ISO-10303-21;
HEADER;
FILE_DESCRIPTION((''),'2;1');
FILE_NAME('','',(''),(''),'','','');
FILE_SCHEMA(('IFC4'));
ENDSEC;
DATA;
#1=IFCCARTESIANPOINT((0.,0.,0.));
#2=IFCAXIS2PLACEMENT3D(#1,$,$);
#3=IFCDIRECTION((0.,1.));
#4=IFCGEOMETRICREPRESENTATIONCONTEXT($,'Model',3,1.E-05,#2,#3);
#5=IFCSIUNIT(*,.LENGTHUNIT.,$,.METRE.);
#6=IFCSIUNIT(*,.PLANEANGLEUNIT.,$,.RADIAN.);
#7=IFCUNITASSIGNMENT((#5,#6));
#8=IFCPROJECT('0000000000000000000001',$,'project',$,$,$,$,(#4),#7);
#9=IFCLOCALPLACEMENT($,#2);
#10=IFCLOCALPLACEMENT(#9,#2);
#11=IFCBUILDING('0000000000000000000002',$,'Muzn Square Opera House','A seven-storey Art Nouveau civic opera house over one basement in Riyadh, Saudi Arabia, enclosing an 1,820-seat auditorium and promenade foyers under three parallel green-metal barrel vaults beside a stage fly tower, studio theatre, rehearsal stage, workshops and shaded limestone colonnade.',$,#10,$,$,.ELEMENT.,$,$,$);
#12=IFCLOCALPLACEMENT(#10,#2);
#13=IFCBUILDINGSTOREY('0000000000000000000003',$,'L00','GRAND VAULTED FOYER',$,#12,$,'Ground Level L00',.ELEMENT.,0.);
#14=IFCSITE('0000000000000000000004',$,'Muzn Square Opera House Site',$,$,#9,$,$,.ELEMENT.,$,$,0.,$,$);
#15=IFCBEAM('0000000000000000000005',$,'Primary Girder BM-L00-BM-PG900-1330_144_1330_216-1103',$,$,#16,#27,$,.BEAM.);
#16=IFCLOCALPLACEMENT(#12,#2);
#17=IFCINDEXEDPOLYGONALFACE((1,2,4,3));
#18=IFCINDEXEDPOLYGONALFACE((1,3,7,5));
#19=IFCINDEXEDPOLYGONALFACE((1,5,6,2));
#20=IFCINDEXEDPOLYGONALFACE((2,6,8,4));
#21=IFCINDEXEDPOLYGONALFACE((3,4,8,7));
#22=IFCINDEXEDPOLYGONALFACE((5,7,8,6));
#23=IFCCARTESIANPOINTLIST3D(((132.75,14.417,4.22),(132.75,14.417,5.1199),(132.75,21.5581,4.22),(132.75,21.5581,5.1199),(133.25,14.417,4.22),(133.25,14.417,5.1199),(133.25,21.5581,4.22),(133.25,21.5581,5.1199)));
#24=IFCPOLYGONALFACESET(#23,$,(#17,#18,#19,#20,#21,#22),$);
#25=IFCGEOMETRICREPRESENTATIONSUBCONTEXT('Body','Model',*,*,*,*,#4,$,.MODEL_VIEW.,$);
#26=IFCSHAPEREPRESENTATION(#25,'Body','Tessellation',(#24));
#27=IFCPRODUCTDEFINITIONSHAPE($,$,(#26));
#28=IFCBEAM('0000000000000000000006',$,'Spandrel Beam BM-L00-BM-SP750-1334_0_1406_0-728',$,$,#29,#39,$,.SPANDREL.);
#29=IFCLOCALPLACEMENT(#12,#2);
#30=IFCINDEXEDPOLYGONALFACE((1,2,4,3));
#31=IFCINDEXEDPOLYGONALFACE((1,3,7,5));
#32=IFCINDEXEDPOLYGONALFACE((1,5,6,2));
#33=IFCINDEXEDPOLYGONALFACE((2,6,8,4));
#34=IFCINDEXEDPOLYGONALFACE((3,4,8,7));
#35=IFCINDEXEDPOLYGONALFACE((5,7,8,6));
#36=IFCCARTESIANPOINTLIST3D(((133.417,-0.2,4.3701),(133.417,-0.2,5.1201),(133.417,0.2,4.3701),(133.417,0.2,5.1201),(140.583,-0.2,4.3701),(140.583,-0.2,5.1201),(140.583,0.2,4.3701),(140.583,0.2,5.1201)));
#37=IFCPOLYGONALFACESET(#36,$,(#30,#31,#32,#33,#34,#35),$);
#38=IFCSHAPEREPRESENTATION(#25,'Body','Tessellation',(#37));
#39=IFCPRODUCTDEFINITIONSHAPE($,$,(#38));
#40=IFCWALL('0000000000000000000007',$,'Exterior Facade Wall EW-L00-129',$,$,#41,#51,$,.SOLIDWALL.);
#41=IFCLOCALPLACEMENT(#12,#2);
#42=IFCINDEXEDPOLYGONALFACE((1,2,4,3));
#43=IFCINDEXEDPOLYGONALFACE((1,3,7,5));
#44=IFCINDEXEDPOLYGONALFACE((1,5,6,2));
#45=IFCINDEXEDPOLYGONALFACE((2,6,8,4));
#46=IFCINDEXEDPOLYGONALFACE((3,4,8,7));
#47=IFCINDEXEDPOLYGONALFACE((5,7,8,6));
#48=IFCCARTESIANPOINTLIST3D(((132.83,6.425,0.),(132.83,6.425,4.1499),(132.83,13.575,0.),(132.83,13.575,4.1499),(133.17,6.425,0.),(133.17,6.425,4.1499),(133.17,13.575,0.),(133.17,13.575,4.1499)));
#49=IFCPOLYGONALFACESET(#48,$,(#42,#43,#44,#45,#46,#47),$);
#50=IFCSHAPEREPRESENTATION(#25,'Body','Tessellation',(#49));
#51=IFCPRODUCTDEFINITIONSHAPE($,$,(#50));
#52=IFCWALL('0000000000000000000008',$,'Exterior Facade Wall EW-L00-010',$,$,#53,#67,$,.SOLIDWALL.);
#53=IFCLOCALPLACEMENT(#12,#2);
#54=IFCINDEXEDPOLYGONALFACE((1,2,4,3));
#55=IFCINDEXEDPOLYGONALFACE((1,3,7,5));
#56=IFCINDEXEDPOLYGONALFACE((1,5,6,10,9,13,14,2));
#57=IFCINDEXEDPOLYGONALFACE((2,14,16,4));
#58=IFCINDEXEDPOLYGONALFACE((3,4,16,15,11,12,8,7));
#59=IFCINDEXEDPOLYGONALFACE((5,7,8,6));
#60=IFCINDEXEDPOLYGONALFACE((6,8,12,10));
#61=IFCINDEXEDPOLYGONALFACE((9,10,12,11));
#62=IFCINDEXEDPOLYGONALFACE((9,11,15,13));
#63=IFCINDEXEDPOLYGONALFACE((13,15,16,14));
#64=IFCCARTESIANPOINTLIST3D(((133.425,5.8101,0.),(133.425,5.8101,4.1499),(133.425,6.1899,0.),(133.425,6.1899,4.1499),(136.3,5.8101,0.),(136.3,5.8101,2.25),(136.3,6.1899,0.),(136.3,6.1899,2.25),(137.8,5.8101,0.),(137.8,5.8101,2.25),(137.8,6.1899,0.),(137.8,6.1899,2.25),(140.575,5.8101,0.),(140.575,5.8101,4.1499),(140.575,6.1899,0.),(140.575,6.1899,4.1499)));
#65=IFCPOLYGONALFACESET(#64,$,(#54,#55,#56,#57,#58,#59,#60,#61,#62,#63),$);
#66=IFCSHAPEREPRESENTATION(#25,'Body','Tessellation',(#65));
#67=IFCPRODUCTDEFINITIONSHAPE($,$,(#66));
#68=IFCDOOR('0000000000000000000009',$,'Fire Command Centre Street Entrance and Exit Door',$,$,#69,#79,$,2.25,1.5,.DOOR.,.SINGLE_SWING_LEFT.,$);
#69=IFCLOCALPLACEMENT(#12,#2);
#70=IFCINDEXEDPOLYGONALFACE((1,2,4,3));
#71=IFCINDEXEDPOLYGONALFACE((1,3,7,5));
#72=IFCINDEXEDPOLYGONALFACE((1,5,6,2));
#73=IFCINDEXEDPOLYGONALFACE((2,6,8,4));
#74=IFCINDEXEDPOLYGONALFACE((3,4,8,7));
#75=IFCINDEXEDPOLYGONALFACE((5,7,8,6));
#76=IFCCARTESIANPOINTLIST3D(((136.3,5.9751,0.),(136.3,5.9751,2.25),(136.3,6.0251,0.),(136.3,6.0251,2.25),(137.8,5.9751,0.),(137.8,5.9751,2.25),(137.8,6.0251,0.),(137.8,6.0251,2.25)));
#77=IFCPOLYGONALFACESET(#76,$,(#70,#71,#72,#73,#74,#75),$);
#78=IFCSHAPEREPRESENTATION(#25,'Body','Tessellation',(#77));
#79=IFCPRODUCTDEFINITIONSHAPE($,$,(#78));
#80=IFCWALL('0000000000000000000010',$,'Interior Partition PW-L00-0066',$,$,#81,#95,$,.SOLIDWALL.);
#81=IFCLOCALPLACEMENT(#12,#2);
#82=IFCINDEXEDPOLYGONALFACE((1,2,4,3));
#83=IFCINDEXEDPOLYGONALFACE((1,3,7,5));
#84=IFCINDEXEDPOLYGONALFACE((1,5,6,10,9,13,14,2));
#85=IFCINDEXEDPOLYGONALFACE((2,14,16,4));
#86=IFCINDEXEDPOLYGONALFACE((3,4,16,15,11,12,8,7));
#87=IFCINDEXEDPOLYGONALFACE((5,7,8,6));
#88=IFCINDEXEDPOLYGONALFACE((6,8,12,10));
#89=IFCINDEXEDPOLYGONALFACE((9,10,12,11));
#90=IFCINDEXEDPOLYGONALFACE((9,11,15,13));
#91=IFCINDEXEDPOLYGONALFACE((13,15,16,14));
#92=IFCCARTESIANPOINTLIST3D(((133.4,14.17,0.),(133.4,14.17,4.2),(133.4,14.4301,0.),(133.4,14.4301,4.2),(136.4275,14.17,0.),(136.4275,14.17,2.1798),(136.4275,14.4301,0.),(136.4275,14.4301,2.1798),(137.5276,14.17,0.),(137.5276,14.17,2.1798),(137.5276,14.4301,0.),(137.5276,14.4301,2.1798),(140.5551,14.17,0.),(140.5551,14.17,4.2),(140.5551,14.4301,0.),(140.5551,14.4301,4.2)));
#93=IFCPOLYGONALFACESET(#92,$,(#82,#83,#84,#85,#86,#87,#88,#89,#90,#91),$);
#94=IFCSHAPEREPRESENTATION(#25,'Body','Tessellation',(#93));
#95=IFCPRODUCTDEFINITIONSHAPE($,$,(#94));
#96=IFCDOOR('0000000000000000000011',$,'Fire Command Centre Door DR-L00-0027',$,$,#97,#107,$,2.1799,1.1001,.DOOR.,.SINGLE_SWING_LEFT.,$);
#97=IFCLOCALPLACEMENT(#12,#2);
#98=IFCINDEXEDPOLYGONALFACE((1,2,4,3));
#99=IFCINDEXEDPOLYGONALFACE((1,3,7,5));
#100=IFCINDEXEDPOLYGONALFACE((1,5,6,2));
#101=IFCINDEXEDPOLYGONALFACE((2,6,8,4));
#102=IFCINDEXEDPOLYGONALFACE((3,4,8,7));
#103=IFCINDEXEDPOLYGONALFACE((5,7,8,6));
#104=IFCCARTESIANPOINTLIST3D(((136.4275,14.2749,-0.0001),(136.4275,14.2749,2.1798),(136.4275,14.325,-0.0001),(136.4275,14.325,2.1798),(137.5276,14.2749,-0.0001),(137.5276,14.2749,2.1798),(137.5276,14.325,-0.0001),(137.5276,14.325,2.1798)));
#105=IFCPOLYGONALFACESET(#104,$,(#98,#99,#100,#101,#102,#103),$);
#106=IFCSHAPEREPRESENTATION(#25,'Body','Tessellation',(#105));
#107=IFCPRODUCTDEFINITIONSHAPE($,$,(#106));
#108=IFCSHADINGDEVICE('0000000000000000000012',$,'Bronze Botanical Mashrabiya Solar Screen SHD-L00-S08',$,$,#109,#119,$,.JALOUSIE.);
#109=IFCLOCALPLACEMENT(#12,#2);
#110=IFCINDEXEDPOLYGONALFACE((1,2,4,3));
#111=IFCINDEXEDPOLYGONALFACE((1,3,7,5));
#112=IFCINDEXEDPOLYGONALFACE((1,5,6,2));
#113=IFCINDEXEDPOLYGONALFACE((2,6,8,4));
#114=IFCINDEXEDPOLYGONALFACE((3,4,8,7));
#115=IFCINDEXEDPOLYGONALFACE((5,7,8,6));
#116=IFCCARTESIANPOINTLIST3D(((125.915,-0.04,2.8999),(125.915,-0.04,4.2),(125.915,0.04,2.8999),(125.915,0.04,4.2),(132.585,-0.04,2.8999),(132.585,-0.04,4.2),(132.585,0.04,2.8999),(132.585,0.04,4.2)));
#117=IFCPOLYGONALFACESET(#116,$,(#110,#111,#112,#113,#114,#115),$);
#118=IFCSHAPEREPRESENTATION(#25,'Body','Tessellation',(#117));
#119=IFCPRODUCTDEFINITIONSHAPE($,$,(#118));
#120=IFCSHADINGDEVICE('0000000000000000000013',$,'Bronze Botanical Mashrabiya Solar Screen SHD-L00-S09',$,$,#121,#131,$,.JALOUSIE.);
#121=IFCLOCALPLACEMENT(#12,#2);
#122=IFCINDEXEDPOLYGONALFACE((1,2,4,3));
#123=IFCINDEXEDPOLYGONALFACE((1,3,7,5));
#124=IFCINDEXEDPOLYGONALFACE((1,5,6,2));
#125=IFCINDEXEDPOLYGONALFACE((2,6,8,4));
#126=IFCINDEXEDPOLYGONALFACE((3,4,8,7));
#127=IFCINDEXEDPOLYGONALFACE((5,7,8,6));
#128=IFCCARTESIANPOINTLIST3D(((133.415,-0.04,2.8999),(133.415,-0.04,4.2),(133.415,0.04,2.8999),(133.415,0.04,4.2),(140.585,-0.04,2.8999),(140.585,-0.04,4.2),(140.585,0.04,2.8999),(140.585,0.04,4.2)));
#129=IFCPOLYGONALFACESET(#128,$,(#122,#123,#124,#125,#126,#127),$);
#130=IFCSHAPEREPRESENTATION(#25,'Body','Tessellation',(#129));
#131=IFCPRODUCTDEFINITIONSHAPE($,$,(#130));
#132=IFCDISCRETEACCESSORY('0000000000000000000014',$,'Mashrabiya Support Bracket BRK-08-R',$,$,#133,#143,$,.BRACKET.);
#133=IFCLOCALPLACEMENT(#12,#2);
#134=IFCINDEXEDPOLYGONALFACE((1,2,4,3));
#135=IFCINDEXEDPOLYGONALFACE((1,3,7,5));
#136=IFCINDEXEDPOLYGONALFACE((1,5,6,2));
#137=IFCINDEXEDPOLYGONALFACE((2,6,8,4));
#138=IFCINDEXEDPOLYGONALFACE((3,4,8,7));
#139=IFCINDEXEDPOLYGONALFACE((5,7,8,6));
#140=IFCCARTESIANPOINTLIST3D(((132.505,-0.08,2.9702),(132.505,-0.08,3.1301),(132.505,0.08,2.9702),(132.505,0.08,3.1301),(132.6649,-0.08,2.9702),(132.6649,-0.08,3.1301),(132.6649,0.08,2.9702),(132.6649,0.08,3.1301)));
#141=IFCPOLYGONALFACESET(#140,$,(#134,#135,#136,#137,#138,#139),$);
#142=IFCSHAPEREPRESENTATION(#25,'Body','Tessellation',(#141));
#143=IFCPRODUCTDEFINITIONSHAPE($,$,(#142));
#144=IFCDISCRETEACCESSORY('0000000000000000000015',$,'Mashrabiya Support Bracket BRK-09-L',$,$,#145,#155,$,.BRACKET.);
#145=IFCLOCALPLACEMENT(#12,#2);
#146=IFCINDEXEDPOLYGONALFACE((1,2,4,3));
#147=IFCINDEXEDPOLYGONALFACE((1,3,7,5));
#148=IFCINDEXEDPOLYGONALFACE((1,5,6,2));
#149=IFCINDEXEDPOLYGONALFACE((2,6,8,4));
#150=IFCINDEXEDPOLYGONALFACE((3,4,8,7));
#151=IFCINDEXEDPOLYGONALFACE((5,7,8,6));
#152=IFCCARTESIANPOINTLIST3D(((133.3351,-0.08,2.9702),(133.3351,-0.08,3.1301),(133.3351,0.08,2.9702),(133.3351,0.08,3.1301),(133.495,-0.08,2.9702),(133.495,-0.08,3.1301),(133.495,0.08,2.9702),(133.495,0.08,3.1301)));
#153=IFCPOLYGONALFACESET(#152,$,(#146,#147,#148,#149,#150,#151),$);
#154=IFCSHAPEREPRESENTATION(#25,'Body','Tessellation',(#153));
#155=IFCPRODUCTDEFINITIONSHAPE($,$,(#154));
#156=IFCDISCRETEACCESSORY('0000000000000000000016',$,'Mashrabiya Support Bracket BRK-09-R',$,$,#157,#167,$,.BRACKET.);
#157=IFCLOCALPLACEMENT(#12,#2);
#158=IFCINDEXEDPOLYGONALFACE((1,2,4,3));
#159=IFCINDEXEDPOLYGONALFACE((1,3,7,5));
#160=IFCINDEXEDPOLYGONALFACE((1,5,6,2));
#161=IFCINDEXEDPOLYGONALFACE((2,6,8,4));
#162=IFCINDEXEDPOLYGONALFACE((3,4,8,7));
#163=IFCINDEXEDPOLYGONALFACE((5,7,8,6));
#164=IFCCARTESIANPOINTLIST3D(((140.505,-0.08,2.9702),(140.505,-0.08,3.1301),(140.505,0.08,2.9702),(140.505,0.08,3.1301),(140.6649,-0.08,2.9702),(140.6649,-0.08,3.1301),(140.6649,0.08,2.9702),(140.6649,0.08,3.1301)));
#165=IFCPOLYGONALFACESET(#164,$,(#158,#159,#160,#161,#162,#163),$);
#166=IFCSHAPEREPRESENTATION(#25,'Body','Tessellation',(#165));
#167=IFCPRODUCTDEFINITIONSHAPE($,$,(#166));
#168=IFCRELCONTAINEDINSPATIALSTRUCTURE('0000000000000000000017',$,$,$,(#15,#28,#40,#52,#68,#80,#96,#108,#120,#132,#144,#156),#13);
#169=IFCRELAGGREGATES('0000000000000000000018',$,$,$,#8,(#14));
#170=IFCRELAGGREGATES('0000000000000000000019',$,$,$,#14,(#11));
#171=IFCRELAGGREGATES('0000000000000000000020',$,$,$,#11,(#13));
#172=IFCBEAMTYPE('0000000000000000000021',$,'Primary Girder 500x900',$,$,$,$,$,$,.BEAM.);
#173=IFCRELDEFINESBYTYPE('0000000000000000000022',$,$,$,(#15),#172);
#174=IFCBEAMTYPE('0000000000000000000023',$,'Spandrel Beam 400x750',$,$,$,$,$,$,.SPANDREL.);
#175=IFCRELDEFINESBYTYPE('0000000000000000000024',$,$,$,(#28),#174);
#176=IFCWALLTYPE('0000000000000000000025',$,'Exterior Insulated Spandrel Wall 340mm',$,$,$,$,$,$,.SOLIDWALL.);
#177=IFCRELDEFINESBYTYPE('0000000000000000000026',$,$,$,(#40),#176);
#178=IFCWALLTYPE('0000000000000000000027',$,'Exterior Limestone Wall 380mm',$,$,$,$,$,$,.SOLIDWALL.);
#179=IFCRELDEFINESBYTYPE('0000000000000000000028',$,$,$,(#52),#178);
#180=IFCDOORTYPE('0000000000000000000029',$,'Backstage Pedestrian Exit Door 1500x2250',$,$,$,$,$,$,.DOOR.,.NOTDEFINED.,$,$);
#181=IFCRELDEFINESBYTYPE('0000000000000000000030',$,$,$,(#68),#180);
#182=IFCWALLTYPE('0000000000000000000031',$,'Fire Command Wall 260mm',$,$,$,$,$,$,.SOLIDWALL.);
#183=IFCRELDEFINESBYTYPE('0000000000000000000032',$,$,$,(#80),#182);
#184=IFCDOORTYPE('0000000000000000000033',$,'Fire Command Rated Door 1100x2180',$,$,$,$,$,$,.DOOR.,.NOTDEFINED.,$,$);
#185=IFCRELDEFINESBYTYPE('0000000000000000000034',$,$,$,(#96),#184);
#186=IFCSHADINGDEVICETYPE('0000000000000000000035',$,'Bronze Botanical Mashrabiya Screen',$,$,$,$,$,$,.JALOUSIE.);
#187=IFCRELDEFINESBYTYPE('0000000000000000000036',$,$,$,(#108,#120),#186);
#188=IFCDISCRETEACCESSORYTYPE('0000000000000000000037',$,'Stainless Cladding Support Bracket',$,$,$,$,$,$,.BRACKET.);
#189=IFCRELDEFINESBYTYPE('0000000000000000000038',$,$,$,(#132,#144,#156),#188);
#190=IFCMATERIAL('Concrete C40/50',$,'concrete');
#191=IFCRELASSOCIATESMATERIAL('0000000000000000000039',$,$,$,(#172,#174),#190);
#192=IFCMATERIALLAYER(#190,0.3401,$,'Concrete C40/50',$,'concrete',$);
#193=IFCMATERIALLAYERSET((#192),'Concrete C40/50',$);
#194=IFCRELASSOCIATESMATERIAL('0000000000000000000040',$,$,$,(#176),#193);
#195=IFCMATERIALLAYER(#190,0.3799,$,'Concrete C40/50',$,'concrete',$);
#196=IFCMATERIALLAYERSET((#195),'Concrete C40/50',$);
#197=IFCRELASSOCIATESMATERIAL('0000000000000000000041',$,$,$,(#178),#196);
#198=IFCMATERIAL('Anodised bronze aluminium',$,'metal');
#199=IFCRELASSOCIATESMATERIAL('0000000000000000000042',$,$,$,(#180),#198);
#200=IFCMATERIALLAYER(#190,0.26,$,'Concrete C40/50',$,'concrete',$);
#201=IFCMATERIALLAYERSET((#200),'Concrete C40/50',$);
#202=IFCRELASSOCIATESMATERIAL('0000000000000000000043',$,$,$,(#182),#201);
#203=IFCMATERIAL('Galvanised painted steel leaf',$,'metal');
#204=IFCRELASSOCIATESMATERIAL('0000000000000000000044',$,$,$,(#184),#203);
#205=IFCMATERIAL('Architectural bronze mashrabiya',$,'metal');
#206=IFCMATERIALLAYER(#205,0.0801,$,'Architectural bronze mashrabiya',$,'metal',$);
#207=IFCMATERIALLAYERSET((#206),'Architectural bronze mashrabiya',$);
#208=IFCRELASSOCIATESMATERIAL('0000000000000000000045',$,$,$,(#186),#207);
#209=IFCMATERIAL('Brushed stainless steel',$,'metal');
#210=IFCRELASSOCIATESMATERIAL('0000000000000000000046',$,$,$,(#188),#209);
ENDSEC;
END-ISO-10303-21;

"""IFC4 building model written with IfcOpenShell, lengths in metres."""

from ifc_helpers import new_model, si_unit, direction, frame, frame_2d, origin, origin_2d, place, context, subcontext, project, spatial, rectangle, extrude, material, layer, layer_set, material_profile, profile_set, type_object, element, fill, save


model = new_model("IFC4")

# Units and contexts
model_context = context("Model", 3, precision=1e-05, world=origin(), true_north=direction((0.0, 1.0)))
body_context = subcontext(model_context, "Body", "Model", "MODEL_VIEW")
ifc_project = project(units=[si_unit("LENGTHUNIT", "METRE"), si_unit("PLANEANGLEUNIT", "RADIAN")], contexts=[model_context])

# Site, building, storey
site_placement = place(None, origin())
site = spatial("IfcSite", under=ifc_project, at=site_placement, Name="Muzn Square Opera House Site", CompositionType="ELEMENT", RefElevation=0.0)
building_placement = place(site_placement, origin())
building = spatial("IfcBuilding", under=site, at=building_placement, Name="Muzn Square Opera House", Description="A seven-storey Art Nouveau civic opera house over one basement in Riyadh, Saudi Arabia, enclosing an 1,820-seat auditorium and promenade foyers under three parallel green-metal barrel vaults beside a stage fly tower, studio theatre, rehearsal stage, workshops and shaded limestone colonnade.", CompositionType="ELEMENT")
storey_placement = place(building_placement, origin())
storey = spatial("IfcBuildingStorey", under=building, at=storey_placement, Name="L00", Description="GRAND VAULTED FOYER", LongName="Ground Level L00", CompositionType="ELEMENT", Elevation=0.0)

# Beams
ifc_material_1 = material(Name="Concrete C40/50", Category="concrete")
ifc_material_profile_1 = material_profile(ifc_material_1, rectangle(XDim=0.5, YDim=0.8999, at=origin_2d()), Name="RCB 500x900", Category="concrete")
ifc_profile_set_1 = profile_set([ifc_material_profile_1], Name="Concrete C40/50")
beam_type_1 = type_object("IfcBeamType", Name="Primary Girder 500x900", PredefinedType="BEAM", material=ifc_profile_set_1)
beam_1_placement = place(storey_placement, frame((133.0, 14.417, 4.6699), z_axis=(0.0, 1.0, 0.0), x_axis=(-1.0, 0.0, 0.0)))
element("IfcBeam", 1, at=beam_1_placement, inside=storey, type_object=beam_type_1, Name="Primary Girder BM-L00-BM-PG900-1330_144_1330_216-1103", PredefinedType="BEAM", context=body_context, shape_type="SweptSolid", body=[
    extrude(rectangle(XDim=0.5, YDim=0.8999, at=origin_2d()), origin(), (0.0, 0.0, 1.0), 7.1411),
])
ifc_material_profile_2 = material_profile(ifc_material_1, rectangle(XDim=0.3999, YDim=0.75, at=origin_2d()), Name="RCS 400x750", Category="concrete")
ifc_profile_set_2 = profile_set([ifc_material_profile_2], Name="Concrete C40/50")
beam_type_2 = type_object("IfcBeamType", Name="Spandrel Beam 400x750", PredefinedType="SPANDREL", material=ifc_profile_set_2)
beam_2_placement = place(storey_placement, frame((133.417, 0.0, 4.7451), z_axis=(1.0, 0.0, 0.0), x_axis=(0.0, 1.0, 0.0)))
element("IfcBeam", 2, at=beam_2_placement, inside=storey, type_object=beam_type_2, Name="Spandrel Beam BM-L00-BM-SP750-1334_0_1406_0-728", PredefinedType="SPANDREL", context=body_context, shape_type="SweptSolid", body=[
    extrude(rectangle(XDim=0.3999, YDim=0.75, at=origin_2d()), origin(), (0.0, 0.0, 1.0), 7.166),
])

# Wall
ifc_layer_1 = layer(ifc_material_1, 0.3401, Name="Concrete C40/50", Category="concrete")
ifc_layer_set_1 = layer_set([ifc_layer_1], Name="Concrete C40/50")
wall_type_1 = type_object("IfcWallType", Name="Exterior Insulated Spandrel Wall 340mm", PredefinedType="SOLIDWALL", material=ifc_layer_set_1)
wall_1_placement = place(storey_placement, frame((133.0, 6.425, 0.0), z_axis=(0.0, 0.0, 1.0), x_axis=(0.0, 1.0, 0.0)))
element("IfcWall", 3, at=wall_1_placement, inside=storey, type_object=wall_type_1, Name="Exterior Facade Wall EW-L00-129", PredefinedType="SOLIDWALL", context=body_context, shape_type="SweptSolid", body=[
    extrude(rectangle(XDim=7.1499, YDim=0.3401, at=frame_2d((3.575, 0.0))), origin(), (0.0, 0.0, 1.0), 4.1499),
])

# Walls, openings, doors
ifc_layer_2 = layer(ifc_material_1, 0.3799, Name="Concrete C40/50", Category="concrete")
ifc_layer_set_2 = layer_set([ifc_layer_2], Name="Concrete C40/50")
wall_type_2 = type_object("IfcWallType", Name="Exterior Limestone Wall 380mm", PredefinedType="SOLIDWALL", material=ifc_layer_set_2)
wall_2_placement = place(storey_placement, frame((133.425, 6.0, 0.0), z_axis=(0.0, 0.0, 1.0), x_axis=(1.0, 0.0, 0.0)))
wall_2 = element("IfcWall", 4, at=wall_2_placement, inside=storey, type_object=wall_type_2, Name="Exterior Facade Wall EW-L00-010", PredefinedType="SOLIDWALL", context=body_context, shape_type="SweptSolid", body=[
    extrude(rectangle(XDim=7.1499, YDim=0.3799, at=frame_2d((3.575, 0.0))), origin(), (0.0, 0.0, 1.0), 4.1499),
])
opening_1_placement = place(wall_2_placement, frame((4.375, 0.0, 0.0), z_axis=(0.0, 0.0, 1.0), x_axis=(-1.0, 0.0, 0.0)))
opening_1 = element("IfcOpeningElement", 5, at=opening_1_placement, cuts=wall_2, PredefinedType="OPENING", context=body_context, shape_type="SweptSolid", body=[
    extrude(rectangle(XDim=1.5, YDim=2.25, at=frame_2d((0.75, 1.125))), frame((0.0, 0.2, 0.0), z_axis=(0.0, -1.0, 0.0), x_axis=(1.0, 0.0, 0.0)), (0.0, 0.0, 1.0), 0.3999),
])
ifc_material_2 = material(Name="Anodised bronze aluminium", Category="metal")
door_type_1 = type_object("IfcDoorType", Name="Backstage Pedestrian Exit Door 1500x2250", OperationType="NOTDEFINED", PredefinedType="DOOR", material=ifc_material_2)
door_1_placement = place(opening_1_placement, origin())
door_1 = element("IfcDoor", 6, at=door_1_placement, inside=storey, type_object=door_type_1, Name="Fire Command Centre Street Entrance and Exit Door", OperationType="SINGLE_SWING_LEFT", OverallHeight=2.25, OverallWidth=1.5, PredefinedType="DOOR", context=body_context, shape_type="SweptSolid", body=[
    extrude(rectangle(XDim=1.5, YDim=2.25, at=frame_2d((0.75, 1.125))), frame((0.0, 0.0249, 0.0), z_axis=(0.0, -1.0, 0.0), x_axis=(1.0, 0.0, 0.0)), (0.0, 0.0, 1.0), 0.05),
])
fill(opening_1, door_1)
ifc_layer_3 = layer(ifc_material_1, 0.26, Name="Concrete C40/50", Category="concrete")
ifc_layer_set_3 = layer_set([ifc_layer_3], Name="Concrete C40/50")
wall_type_3 = type_object("IfcWallType", Name="Fire Command Wall 260mm", PredefinedType="SOLIDWALL", material=ifc_layer_set_3)
wall_3_placement = place(storey_placement, frame((133.3999, 14.3, 0.0), z_axis=(0.0, 0.0, 1.0), x_axis=(1.0, 0.0, 0.0)))
wall_3 = element("IfcWall", 7, at=wall_3_placement, inside=storey, type_object=wall_type_3, Name="Interior Partition PW-L00-0066", PredefinedType="SOLIDWALL", context=body_context, shape_type="SweptSolid", body=[
    extrude(rectangle(XDim=7.155, YDim=0.26, at=frame_2d((3.5776, 0.0))), origin(), (0.0, 0.0, 1.0), 4.2),
])
opening_2_placement = place(wall_3_placement, frame((3.0276, 0.0, 0.0)))
opening_2 = element("IfcOpeningElement", 8, at=opening_2_placement, cuts=wall_3, PredefinedType="OPENING", context=body_context, shape_type="SweptSolid", body=[
    extrude(rectangle(XDim=1.1001, YDim=2.1799, at=frame_2d((0.55, 1.0898))), frame((0.0, 0.1399, 0.0), z_axis=(0.0, -1.0, 0.0), x_axis=(1.0, 0.0, 0.0)), (0.0, 0.0, 1.0), 0.28),
])
ifc_material_3 = material(Name="Galvanised painted steel leaf", Category="metal")
door_type_2 = type_object("IfcDoorType", Name="Fire Command Rated Door 1100x2180", OperationType="NOTDEFINED", PredefinedType="DOOR", material=ifc_material_3)
door_2_placement = place(opening_2_placement, origin())
door_2 = element("IfcDoor", 9, at=door_2_placement, inside=storey, type_object=door_type_2, Name="Fire Command Centre Door DR-L00-0027", OperationType="SINGLE_SWING_LEFT", OverallHeight=2.1799, OverallWidth=1.1001, PredefinedType="DOOR", context=body_context, shape_type="SweptSolid", body=[
    extrude(rectangle(XDim=1.1001, YDim=2.1799, at=frame_2d((0.55, 1.0898))), frame((0.0, 0.0249, 0.0), z_axis=(0.0, -1.0, 0.0), x_axis=(1.0, 0.0, 0.0)), (0.0, 0.0, 1.0), 0.05),
])
fill(opening_2, door_2)

# Shading devices
ifc_material_4 = material(Name="Architectural bronze mashrabiya", Category="metal")
ifc_layer_4 = layer(ifc_material_4, 0.0801, Name="Architectural bronze mashrabiya", Category="metal")
ifc_layer_set_4 = layer_set([ifc_layer_4], Name="Architectural bronze mashrabiya")
shading_device_type = type_object("IfcShadingDeviceType", Name="Bronze Botanical Mashrabiya Screen", PredefinedType="JALOUSIE", material=ifc_layer_set_4)
shading_device_1_placement = place(storey_placement, frame((129.25, 0.0, 2.8999), z_axis=(0.0, 0.0, 1.0), x_axis=(1.0, 0.0, 0.0)))
element("IfcShadingDevice", 10, at=shading_device_1_placement, inside=storey, type_object=shading_device_type, Name="Bronze Botanical Mashrabiya Solar Screen SHD-L00-S08", PredefinedType="JALOUSIE", context=body_context, shape_type="SweptSolid", body=[
    extrude(rectangle(XDim=6.6699, YDim=0.0801, at=origin_2d()), origin(), (0.0, 0.0, 1.0), 1.3),
])
shading_device_2_placement = place(storey_placement, frame((137.0, 0.0, 2.8999), z_axis=(0.0, 0.0, 1.0), x_axis=(1.0, 0.0, 0.0)))
element("IfcShadingDevice", 11, at=shading_device_2_placement, inside=storey, type_object=shading_device_type, Name="Bronze Botanical Mashrabiya Solar Screen SHD-L00-S09", PredefinedType="JALOUSIE", context=body_context, shape_type="SweptSolid", body=[
    extrude(rectangle(XDim=7.1699, YDim=0.0801, at=origin_2d()), origin(), (0.0, 0.0, 1.0), 1.3),
])

# Discrete accessories
ifc_material_5 = material(Name="Brushed stainless steel", Category="metal")
discrete_accessory_type = type_object("IfcDiscreteAccessoryType", Name="Stainless Cladding Support Bracket", PredefinedType="BRACKET", material=ifc_material_5)
for number, where, z_axis, x_axis, name in (
    (12, (132.585, 0.0, 2.9702), (0.0, 0.0, 1.0), (1.0, 0.0, 0.0), "Mashrabiya Support Bracket BRK-08-R"),
    (13, (133.415, 0.0, 2.9702), (0.0, 0.0, 1.0), (1.0, 0.0, 0.0), "Mashrabiya Support Bracket BRK-09-L"),
    (14, (140.585, 0.0, 2.9702), (0.0, 0.0, 1.0), (1.0, 0.0, 0.0), "Mashrabiya Support Bracket BRK-09-R"),
):
    element("IfcDiscreteAccessory", number, at=place(storey_placement, frame(where, z_axis=z_axis, x_axis=x_axis)), inside=storey, type_object=discrete_accessory_type, Name=name, PredefinedType="BRACKET", context=body_context, shape_type="SweptSolid", body=[
        extrude(rectangle(XDim=0.1599, YDim=0.1599, at=origin_2d()), origin(), (0.0, 0.0, 1.0), 0.1599),
    ])

save(model, "model.ifc")
